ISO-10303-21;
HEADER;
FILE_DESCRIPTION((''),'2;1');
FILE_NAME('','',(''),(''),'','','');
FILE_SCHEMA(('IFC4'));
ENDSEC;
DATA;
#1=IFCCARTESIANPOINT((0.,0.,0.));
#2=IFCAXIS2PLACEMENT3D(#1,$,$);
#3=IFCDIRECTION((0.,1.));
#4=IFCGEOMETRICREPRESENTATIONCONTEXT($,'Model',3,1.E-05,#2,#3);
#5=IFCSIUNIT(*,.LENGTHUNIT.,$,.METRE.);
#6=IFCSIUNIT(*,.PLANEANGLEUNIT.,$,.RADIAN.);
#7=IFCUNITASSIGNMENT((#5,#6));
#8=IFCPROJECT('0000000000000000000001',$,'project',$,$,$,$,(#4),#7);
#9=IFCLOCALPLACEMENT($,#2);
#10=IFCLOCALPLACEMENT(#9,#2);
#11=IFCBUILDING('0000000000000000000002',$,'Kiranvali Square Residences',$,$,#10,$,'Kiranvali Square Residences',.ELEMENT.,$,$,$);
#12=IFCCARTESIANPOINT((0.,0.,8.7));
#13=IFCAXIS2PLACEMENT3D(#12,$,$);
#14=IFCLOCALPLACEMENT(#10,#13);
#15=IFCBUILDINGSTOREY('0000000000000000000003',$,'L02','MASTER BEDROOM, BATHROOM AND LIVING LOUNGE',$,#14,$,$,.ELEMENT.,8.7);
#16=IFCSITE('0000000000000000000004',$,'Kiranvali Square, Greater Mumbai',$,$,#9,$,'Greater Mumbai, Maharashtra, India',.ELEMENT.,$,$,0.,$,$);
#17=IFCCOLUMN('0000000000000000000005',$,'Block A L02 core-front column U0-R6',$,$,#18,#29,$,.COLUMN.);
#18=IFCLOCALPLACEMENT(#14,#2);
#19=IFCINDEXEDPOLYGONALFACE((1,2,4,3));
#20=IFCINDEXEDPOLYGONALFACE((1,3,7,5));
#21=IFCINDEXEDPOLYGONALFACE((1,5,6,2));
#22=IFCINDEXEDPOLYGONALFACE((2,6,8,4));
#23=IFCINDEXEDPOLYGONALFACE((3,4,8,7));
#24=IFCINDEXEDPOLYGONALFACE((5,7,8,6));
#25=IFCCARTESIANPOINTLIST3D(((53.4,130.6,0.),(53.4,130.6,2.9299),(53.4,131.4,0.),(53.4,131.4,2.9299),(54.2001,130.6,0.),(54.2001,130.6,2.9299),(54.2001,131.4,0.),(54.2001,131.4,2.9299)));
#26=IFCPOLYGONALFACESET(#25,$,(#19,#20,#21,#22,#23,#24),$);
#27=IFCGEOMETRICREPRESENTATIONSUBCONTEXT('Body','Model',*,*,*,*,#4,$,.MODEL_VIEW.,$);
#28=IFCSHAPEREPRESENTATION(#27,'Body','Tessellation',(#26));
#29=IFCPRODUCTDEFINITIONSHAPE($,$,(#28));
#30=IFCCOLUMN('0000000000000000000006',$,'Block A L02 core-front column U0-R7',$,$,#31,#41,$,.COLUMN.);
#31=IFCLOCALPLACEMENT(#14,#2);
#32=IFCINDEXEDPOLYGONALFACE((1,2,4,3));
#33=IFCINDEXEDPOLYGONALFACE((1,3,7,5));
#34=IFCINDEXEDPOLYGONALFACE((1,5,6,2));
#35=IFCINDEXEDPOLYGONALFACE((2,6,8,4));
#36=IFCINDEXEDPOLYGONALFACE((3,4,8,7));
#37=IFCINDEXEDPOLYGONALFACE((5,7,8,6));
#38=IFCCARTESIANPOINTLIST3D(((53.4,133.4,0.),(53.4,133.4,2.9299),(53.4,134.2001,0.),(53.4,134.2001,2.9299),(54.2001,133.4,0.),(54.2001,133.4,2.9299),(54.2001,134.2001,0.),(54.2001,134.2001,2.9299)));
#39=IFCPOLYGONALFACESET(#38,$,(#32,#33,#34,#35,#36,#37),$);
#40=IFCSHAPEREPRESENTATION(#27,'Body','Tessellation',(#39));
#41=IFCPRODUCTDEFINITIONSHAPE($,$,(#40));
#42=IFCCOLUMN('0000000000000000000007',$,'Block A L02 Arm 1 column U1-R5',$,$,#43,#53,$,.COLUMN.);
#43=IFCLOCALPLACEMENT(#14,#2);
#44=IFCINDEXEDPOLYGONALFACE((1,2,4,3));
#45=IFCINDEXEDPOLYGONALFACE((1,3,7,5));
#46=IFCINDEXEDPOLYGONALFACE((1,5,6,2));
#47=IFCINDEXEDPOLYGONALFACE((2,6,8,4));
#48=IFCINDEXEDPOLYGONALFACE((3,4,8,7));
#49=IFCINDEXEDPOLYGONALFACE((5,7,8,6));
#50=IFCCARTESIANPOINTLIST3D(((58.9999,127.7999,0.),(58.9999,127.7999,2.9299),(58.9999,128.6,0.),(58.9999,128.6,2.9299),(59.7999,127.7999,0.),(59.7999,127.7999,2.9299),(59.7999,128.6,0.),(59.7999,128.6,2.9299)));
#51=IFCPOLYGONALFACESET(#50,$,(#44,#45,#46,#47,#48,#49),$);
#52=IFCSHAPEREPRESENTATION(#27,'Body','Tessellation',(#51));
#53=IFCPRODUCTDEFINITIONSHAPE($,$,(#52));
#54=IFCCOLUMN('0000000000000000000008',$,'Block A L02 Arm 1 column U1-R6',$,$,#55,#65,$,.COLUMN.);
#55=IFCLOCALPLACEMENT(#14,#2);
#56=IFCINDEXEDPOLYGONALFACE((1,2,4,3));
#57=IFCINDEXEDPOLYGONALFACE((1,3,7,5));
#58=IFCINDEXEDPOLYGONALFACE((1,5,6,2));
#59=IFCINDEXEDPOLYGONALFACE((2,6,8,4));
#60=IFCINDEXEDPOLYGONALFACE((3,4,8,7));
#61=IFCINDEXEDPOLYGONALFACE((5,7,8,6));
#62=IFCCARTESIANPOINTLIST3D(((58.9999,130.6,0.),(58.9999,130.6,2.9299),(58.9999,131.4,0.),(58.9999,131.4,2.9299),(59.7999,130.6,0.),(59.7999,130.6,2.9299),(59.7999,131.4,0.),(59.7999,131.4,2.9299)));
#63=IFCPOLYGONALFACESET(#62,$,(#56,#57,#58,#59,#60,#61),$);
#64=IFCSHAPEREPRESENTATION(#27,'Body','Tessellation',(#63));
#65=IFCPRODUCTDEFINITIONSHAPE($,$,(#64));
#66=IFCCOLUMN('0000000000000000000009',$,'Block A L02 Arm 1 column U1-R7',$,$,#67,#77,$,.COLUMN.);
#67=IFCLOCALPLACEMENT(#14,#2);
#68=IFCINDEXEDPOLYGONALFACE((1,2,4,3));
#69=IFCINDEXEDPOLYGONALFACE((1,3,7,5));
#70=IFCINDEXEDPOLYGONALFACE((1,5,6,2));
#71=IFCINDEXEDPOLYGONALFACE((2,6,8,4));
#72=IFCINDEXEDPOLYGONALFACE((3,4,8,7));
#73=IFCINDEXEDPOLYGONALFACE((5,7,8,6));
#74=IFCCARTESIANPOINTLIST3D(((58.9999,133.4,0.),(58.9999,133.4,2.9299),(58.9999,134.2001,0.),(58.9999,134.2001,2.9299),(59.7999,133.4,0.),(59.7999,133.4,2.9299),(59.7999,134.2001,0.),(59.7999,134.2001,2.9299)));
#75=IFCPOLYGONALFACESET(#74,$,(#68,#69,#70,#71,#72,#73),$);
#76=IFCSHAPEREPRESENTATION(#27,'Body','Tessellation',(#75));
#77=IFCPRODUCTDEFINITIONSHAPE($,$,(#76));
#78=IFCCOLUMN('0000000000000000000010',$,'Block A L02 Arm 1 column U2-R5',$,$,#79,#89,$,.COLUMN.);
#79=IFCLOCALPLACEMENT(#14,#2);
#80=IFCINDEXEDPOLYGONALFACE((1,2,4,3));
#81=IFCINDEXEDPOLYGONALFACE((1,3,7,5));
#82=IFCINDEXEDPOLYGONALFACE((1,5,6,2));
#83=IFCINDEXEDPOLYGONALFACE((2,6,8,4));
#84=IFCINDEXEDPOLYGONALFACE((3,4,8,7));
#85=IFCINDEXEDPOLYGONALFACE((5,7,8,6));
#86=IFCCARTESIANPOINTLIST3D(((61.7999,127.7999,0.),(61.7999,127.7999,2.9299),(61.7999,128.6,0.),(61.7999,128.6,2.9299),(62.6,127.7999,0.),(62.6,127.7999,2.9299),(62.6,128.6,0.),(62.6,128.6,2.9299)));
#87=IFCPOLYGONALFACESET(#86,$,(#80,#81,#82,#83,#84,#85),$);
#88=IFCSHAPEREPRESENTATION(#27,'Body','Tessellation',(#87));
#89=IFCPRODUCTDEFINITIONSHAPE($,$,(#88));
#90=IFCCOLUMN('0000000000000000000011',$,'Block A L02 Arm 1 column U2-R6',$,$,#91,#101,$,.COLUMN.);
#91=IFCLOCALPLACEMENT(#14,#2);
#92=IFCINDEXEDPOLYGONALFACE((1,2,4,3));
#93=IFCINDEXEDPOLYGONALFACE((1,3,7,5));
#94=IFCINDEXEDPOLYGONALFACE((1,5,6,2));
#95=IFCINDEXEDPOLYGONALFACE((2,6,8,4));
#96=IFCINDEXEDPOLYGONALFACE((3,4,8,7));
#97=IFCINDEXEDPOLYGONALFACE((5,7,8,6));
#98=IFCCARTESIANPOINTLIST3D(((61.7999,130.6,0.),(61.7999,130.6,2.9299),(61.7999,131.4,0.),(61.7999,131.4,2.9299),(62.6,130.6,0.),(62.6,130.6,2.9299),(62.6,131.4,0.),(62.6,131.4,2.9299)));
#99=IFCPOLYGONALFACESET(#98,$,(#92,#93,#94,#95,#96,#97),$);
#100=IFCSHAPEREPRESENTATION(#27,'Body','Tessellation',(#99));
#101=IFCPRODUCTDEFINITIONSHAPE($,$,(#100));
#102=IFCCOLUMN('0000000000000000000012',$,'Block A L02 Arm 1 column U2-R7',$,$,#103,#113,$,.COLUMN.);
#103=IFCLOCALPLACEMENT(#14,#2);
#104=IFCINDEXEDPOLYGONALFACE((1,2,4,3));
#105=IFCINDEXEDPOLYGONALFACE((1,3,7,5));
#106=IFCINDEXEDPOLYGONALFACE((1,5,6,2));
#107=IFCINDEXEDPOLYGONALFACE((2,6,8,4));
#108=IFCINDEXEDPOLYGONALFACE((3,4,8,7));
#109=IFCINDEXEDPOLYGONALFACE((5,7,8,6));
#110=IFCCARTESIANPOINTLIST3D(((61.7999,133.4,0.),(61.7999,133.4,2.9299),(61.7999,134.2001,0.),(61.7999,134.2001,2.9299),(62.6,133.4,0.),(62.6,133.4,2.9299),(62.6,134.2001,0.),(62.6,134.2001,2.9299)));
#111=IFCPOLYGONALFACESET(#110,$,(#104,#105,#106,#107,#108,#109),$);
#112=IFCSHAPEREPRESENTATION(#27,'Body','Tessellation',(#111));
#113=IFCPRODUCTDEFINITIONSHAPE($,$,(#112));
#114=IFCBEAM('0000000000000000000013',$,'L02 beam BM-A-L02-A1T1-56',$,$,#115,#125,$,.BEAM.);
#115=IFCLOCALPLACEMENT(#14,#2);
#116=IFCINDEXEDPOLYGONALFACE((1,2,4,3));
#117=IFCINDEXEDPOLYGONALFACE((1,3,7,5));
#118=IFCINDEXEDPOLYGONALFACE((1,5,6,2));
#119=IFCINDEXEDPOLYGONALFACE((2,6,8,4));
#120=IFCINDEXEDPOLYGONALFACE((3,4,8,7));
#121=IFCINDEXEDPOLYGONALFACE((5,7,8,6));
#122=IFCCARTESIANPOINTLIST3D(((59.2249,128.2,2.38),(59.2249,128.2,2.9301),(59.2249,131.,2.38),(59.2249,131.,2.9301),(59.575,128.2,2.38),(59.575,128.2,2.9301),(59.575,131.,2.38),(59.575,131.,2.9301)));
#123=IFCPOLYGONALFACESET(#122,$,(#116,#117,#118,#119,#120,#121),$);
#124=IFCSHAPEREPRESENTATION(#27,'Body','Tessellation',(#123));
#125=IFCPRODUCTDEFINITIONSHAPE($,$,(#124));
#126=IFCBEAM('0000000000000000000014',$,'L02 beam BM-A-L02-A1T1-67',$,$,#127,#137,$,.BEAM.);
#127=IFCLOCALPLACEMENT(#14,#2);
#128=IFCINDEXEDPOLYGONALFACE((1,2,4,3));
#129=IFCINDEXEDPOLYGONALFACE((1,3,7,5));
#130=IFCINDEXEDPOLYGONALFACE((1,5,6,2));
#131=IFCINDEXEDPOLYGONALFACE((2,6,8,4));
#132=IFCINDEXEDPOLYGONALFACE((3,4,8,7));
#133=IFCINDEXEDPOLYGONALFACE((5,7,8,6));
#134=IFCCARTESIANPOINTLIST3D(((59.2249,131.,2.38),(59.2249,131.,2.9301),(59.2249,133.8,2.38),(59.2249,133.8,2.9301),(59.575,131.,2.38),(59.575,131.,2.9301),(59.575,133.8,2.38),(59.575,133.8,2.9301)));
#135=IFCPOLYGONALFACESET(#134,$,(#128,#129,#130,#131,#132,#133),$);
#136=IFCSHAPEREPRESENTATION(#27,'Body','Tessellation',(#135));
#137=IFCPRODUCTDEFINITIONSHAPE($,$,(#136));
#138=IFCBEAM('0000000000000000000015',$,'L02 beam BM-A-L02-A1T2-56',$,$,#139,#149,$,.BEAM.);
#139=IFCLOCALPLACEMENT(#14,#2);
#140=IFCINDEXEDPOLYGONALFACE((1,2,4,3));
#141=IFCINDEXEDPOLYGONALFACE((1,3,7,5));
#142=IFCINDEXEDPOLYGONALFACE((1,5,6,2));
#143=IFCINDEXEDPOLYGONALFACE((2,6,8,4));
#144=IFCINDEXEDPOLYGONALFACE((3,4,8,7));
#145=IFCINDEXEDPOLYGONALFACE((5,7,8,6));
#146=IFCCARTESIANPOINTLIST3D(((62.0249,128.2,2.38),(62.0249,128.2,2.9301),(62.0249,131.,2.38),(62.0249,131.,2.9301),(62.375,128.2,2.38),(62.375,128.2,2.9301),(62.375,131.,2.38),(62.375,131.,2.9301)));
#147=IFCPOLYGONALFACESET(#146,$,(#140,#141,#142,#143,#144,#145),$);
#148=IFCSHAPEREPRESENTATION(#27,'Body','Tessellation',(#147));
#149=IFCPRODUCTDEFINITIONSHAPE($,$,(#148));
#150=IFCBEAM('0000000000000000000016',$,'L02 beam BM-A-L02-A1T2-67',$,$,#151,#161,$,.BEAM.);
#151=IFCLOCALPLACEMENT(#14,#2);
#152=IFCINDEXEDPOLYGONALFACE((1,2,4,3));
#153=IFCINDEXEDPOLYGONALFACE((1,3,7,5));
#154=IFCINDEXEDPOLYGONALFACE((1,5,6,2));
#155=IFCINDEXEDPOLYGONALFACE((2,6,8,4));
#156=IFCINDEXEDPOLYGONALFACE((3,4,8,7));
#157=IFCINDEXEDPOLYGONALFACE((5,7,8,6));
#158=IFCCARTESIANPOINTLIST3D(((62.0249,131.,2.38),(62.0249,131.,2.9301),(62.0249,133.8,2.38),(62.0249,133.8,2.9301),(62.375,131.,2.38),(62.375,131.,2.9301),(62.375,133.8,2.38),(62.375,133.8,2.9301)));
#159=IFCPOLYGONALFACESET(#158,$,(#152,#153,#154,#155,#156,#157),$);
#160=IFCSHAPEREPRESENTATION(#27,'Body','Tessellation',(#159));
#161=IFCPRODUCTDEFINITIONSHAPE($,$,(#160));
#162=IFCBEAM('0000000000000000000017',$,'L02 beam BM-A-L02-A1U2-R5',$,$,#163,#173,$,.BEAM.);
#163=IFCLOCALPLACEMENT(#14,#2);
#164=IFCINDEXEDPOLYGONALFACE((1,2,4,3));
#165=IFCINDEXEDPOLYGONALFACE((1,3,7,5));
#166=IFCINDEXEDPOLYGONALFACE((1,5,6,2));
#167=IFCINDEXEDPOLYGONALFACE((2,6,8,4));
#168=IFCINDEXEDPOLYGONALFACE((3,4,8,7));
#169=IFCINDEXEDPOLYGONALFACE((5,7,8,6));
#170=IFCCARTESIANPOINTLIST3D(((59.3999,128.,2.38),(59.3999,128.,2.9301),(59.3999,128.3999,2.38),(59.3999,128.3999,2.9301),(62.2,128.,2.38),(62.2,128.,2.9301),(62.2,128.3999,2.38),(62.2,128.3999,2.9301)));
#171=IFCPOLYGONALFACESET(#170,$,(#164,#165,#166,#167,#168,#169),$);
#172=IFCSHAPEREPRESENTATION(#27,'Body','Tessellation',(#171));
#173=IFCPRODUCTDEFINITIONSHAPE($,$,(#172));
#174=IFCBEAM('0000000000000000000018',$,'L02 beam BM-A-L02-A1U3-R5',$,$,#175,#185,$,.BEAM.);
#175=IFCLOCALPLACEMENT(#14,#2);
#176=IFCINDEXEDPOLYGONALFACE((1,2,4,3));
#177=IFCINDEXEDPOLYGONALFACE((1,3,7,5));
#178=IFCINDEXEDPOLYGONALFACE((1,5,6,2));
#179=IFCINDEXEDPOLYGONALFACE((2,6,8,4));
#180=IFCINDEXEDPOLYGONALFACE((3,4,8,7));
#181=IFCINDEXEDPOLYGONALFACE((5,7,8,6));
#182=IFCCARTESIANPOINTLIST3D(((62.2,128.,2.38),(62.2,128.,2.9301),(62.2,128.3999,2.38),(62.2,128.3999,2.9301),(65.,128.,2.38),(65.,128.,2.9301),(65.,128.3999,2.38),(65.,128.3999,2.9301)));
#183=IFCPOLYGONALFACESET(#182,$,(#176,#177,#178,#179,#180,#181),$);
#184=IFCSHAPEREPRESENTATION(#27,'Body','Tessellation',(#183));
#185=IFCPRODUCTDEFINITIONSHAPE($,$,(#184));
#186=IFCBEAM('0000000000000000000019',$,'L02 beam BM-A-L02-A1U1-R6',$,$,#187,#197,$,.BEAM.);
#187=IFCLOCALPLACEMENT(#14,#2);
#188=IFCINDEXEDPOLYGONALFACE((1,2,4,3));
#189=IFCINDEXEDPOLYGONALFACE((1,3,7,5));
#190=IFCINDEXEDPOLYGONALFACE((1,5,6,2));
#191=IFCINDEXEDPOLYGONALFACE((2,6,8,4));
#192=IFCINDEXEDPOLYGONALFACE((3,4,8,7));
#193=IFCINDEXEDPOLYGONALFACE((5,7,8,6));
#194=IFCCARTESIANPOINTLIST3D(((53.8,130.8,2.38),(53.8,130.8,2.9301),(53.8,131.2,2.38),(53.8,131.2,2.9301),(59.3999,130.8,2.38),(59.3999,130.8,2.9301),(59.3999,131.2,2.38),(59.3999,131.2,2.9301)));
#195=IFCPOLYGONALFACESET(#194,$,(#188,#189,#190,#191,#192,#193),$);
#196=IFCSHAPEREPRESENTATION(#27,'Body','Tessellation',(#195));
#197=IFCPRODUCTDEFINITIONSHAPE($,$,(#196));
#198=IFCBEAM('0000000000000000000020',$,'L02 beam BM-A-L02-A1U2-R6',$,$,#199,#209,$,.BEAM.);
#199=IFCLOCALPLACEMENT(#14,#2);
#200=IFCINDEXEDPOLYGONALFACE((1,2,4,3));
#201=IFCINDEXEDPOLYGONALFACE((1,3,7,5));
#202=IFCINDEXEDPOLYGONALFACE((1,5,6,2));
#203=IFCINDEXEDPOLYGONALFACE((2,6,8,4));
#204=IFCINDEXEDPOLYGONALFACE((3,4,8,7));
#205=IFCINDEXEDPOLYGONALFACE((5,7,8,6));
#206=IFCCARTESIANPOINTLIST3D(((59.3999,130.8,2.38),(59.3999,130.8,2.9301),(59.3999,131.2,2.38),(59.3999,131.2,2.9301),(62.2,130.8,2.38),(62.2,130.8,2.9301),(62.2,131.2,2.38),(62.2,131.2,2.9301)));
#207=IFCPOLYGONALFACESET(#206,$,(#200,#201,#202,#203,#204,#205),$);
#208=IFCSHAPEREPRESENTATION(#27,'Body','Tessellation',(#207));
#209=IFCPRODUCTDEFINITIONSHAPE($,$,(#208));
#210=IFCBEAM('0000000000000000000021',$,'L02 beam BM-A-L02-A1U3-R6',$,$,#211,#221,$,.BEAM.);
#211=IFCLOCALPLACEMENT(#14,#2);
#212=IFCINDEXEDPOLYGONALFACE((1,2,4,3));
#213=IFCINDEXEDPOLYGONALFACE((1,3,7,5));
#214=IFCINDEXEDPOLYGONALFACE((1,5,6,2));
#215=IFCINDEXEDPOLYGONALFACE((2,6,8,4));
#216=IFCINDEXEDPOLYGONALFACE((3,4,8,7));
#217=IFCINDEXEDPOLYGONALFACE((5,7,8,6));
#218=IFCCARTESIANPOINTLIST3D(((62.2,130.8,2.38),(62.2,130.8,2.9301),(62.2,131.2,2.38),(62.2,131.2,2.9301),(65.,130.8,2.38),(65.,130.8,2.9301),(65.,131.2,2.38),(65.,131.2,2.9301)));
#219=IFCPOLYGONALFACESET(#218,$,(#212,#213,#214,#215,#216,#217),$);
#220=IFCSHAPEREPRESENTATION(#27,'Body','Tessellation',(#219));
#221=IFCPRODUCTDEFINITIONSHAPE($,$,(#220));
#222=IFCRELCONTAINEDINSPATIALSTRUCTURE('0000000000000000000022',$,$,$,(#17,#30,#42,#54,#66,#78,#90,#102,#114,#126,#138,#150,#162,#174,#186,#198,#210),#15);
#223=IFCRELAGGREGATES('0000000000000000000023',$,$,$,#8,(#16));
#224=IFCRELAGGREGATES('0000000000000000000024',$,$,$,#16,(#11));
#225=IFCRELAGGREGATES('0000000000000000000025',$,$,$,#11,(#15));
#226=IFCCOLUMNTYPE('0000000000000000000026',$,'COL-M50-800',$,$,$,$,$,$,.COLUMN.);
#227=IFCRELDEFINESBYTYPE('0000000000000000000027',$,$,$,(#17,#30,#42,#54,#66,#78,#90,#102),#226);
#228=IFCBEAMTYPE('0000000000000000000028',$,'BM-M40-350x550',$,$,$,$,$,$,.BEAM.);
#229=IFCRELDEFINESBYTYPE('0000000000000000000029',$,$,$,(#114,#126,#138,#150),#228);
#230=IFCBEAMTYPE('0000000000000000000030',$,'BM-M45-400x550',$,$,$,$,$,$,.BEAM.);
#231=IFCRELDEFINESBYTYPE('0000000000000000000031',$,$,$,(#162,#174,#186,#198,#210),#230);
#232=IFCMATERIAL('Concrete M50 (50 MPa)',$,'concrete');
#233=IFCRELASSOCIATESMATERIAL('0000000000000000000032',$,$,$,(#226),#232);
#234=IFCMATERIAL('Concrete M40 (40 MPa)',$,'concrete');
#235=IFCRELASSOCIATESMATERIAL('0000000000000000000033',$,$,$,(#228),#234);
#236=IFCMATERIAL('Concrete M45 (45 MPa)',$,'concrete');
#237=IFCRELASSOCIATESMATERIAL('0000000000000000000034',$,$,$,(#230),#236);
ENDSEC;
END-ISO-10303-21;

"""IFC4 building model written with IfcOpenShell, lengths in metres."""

from ifc_helpers import new_model, si_unit, direction, frame, origin, origin_2d, place, context, subcontext, project, spatial, rectangle, extrude, material, material_profile, profile_set, type_object, element, save


model = new_model("IFC4")

# Units and contexts
model_context = context("Model", 3, precision=1e-05, world=origin(), true_north=direction((0.0, 1.0)))
body_context = subcontext(model_context, "Body", "Model", "MODEL_VIEW")
ifc_project = project(units=[si_unit("LENGTHUNIT", "METRE"), si_unit("PLANEANGLEUNIT", "RADIAN")], contexts=[model_context])

# Site, building, storey
site_placement = place(None, origin())
site = spatial("IfcSite", under=ifc_project, at=site_placement, Name="Kiranvali Square, Greater Mumbai", LongName="Greater Mumbai, Maharashtra, India", CompositionType="ELEMENT", RefElevation=0.0)
building_placement = place(site_placement, origin())
building = spatial("IfcBuilding", under=site, at=building_placement, Name="Kiranvali Square Residences", LongName="Kiranvali Square Residences", CompositionType="ELEMENT")
storey_placement = place(building_placement, frame((0.0, 0.0, 8.7)))
storey = spatial("IfcBuildingStorey", under=building, at=storey_placement, Name="L02", Description="MASTER BEDROOM, BATHROOM AND LIVING LOUNGE", CompositionType="ELEMENT", Elevation=8.7)

# Columns
ifc_material_1 = material(Name="Concrete M50 (50 MPa)", Category="concrete")
ifc_material_profile_1 = material_profile(ifc_material_1, rectangle(XDim=0.8, YDim=0.8, at=origin_2d()), Name="RC 800x800")
ifc_profile_set_1 = profile_set([ifc_material_profile_1], Name="Concrete M50 (50 MPa)")
column_type = type_object("IfcColumnType", Name="COL-M50-800", PredefinedType="COLUMN", material=ifc_profile_set_1)
for number, where, z_axis, x_axis, name in (
    (1, (53.8, 131.0, 0.0), (0.0, 0.0, 1.0), (1.0, 0.0, 0.0), "Block A L02 core-front column U0-R6"),
    (2, (53.8, 133.8, 0.0), (0.0, 0.0, 1.0), (1.0, 0.0, 0.0), "Block A L02 core-front column U0-R7"),
    (3, (59.3999, 128.2, 0.0), (0.0, 0.0, 1.0), (1.0, 0.0, 0.0), "Block A L02 Arm 1 column U1-R5"),
    (4, (59.3999, 131.0, 0.0), (0.0, 0.0, 1.0), (1.0, 0.0, 0.0), "Block A L02 Arm 1 column U1-R6"),
    (5, (59.3999, 133.8, 0.0), (0.0, 0.0, 1.0), (1.0, 0.0, 0.0), "Block A L02 Arm 1 column U1-R7"),
    (6, (62.2, 128.2, 0.0), (0.0, 0.0, 1.0), (1.0, 0.0, 0.0), "Block A L02 Arm 1 column U2-R5"),
    (7, (62.2, 131.0, 0.0), (0.0, 0.0, 1.0), (1.0, 0.0, 0.0), "Block A L02 Arm 1 column U2-R6"),
    (8, (62.2, 133.8, 0.0), (0.0, 0.0, 1.0), (1.0, 0.0, 0.0), "Block A L02 Arm 1 column U2-R7"),
):
    element("IfcColumn", number, at=place(storey_placement, frame(where, z_axis=z_axis, x_axis=x_axis)), inside=storey, type_object=column_type, Name=name, PredefinedType="COLUMN", context=body_context, shape_type="SweptSolid", body=[
        extrude(rectangle(XDim=0.8, YDim=0.8, at=origin_2d()), origin(), (0.0, 0.0, 1.0), 2.9299),
    ])

# Beams
ifc_material_2 = material(Name="Concrete M40 (40 MPa)", Category="concrete")
ifc_material_profile_2 = material_profile(ifc_material_2, rectangle(XDim=0.3501, YDim=0.55, at=origin_2d()), Name="RC 350x550")
ifc_profile_set_2 = profile_set([ifc_material_profile_2], Name="Concrete M40 (40 MPa)")
beam_type_1 = type_object("IfcBeamType", Name="BM-M40-350x550", PredefinedType="BEAM", material=ifc_profile_set_2)
for number, where, z_axis, x_axis, name in (
    (9, (59.3999, 128.2, 2.655), (0.0, 1.0, 0.0), (-1.0, 0.0, 0.0), "L02 beam BM-A-L02-A1T1-56"),
    (10, (59.3999, 131.0, 2.655), (0.0, 1.0, 0.0), (-1.0, 0.0, 0.0), "L02 beam BM-A-L02-A1T1-67"),
    (11, (62.2, 128.2, 2.655), (0.0, 1.0, 0.0), (-1.0, 0.0, 0.0), "L02 beam BM-A-L02-A1T2-56"),
    (12, (62.2, 131.0, 2.655), (0.0, 1.0, 0.0), (-1.0, 0.0, 0.0), "L02 beam BM-A-L02-A1T2-67"),
):
    element("IfcBeam", number, at=place(storey_placement, frame(where, z_axis=z_axis, x_axis=x_axis)), inside=storey, type_object=beam_type_1, Name=name, PredefinedType="BEAM", context=body_context, shape_type="SweptSolid", body=[
        extrude(rectangle(XDim=0.3501, YDim=0.55, at=origin_2d()), origin(), (0.0, 0.0, 1.0), 2.8),
    ])
ifc_material_3 = material(Name="Concrete M45 (45 MPa)", Category="concrete")
ifc_material_profile_3 = material_profile(ifc_material_3, rectangle(XDim=0.3999, YDim=0.55, at=origin_2d()), Name="RC 400x550")
ifc_profile_set_3 = profile_set([ifc_material_profile_3], Name="Concrete M45 (45 MPa)")
beam_type_2 = type_object("IfcBeamType", Name="BM-M45-400x550", PredefinedType="BEAM", material=ifc_profile_set_3)
for number, where, z_axis, x_axis, name in (
    (13, (59.3999, 128.2, 2.655), (1.0, 0.0, 0.0), (0.0, 1.0, 0.0), "L02 beam BM-A-L02-A1U2-R5"),
    (14, (62.2, 128.2, 2.655), (1.0, 0.0, 0.0), (0.0, 1.0, 0.0), "L02 beam BM-A-L02-A1U3-R5"),
):
    element("IfcBeam", number, at=place(storey_placement, frame(where, z_axis=z_axis, x_axis=x_axis)), inside=storey, type_object=beam_type_2, Name=name, PredefinedType="BEAM", context=body_context, shape_type="SweptSolid", body=[
        extrude(rectangle(XDim=0.3999, YDim=0.55, at=origin_2d()), origin(), (0.0, 0.0, 1.0), 2.8),
    ])
beam_1_placement = place(storey_placement, frame((53.8, 131.0, 2.655), z_axis=(1.0, 0.0, 0.0), x_axis=(0.0, 1.0, 0.0)))
element("IfcBeam", 15, at=beam_1_placement, inside=storey, type_object=beam_type_2, Name="L02 beam BM-A-L02-A1U1-R6", PredefinedType="BEAM", context=body_context, shape_type="SweptSolid", body=[
    extrude(rectangle(XDim=0.3999, YDim=0.55, at=origin_2d()), origin(), (0.0, 0.0, 1.0), 5.5999),
])
for number, where, z_axis, x_axis, name in (
    (16, (59.3999, 131.0, 2.655), (1.0, 0.0, 0.0), (0.0, 1.0, 0.0), "L02 beam BM-A-L02-A1U2-R6"),
    (17, (62.2, 131.0, 2.655), (1.0, 0.0, 0.0), (0.0, 1.0, 0.0), "L02 beam BM-A-L02-A1U3-R6"),
):
    element("IfcBeam", number, at=place(storey_placement, frame(where, z_axis=z_axis, x_axis=x_axis)), inside=storey, type_object=beam_type_2, Name=name, PredefinedType="BEAM", context=body_context, shape_type="SweptSolid", body=[
        extrude(rectangle(XDim=0.3999, YDim=0.55, at=origin_2d()), origin(), (0.0, 0.0, 1.0), 2.8),
    ])

save(model, "model.ifc")
